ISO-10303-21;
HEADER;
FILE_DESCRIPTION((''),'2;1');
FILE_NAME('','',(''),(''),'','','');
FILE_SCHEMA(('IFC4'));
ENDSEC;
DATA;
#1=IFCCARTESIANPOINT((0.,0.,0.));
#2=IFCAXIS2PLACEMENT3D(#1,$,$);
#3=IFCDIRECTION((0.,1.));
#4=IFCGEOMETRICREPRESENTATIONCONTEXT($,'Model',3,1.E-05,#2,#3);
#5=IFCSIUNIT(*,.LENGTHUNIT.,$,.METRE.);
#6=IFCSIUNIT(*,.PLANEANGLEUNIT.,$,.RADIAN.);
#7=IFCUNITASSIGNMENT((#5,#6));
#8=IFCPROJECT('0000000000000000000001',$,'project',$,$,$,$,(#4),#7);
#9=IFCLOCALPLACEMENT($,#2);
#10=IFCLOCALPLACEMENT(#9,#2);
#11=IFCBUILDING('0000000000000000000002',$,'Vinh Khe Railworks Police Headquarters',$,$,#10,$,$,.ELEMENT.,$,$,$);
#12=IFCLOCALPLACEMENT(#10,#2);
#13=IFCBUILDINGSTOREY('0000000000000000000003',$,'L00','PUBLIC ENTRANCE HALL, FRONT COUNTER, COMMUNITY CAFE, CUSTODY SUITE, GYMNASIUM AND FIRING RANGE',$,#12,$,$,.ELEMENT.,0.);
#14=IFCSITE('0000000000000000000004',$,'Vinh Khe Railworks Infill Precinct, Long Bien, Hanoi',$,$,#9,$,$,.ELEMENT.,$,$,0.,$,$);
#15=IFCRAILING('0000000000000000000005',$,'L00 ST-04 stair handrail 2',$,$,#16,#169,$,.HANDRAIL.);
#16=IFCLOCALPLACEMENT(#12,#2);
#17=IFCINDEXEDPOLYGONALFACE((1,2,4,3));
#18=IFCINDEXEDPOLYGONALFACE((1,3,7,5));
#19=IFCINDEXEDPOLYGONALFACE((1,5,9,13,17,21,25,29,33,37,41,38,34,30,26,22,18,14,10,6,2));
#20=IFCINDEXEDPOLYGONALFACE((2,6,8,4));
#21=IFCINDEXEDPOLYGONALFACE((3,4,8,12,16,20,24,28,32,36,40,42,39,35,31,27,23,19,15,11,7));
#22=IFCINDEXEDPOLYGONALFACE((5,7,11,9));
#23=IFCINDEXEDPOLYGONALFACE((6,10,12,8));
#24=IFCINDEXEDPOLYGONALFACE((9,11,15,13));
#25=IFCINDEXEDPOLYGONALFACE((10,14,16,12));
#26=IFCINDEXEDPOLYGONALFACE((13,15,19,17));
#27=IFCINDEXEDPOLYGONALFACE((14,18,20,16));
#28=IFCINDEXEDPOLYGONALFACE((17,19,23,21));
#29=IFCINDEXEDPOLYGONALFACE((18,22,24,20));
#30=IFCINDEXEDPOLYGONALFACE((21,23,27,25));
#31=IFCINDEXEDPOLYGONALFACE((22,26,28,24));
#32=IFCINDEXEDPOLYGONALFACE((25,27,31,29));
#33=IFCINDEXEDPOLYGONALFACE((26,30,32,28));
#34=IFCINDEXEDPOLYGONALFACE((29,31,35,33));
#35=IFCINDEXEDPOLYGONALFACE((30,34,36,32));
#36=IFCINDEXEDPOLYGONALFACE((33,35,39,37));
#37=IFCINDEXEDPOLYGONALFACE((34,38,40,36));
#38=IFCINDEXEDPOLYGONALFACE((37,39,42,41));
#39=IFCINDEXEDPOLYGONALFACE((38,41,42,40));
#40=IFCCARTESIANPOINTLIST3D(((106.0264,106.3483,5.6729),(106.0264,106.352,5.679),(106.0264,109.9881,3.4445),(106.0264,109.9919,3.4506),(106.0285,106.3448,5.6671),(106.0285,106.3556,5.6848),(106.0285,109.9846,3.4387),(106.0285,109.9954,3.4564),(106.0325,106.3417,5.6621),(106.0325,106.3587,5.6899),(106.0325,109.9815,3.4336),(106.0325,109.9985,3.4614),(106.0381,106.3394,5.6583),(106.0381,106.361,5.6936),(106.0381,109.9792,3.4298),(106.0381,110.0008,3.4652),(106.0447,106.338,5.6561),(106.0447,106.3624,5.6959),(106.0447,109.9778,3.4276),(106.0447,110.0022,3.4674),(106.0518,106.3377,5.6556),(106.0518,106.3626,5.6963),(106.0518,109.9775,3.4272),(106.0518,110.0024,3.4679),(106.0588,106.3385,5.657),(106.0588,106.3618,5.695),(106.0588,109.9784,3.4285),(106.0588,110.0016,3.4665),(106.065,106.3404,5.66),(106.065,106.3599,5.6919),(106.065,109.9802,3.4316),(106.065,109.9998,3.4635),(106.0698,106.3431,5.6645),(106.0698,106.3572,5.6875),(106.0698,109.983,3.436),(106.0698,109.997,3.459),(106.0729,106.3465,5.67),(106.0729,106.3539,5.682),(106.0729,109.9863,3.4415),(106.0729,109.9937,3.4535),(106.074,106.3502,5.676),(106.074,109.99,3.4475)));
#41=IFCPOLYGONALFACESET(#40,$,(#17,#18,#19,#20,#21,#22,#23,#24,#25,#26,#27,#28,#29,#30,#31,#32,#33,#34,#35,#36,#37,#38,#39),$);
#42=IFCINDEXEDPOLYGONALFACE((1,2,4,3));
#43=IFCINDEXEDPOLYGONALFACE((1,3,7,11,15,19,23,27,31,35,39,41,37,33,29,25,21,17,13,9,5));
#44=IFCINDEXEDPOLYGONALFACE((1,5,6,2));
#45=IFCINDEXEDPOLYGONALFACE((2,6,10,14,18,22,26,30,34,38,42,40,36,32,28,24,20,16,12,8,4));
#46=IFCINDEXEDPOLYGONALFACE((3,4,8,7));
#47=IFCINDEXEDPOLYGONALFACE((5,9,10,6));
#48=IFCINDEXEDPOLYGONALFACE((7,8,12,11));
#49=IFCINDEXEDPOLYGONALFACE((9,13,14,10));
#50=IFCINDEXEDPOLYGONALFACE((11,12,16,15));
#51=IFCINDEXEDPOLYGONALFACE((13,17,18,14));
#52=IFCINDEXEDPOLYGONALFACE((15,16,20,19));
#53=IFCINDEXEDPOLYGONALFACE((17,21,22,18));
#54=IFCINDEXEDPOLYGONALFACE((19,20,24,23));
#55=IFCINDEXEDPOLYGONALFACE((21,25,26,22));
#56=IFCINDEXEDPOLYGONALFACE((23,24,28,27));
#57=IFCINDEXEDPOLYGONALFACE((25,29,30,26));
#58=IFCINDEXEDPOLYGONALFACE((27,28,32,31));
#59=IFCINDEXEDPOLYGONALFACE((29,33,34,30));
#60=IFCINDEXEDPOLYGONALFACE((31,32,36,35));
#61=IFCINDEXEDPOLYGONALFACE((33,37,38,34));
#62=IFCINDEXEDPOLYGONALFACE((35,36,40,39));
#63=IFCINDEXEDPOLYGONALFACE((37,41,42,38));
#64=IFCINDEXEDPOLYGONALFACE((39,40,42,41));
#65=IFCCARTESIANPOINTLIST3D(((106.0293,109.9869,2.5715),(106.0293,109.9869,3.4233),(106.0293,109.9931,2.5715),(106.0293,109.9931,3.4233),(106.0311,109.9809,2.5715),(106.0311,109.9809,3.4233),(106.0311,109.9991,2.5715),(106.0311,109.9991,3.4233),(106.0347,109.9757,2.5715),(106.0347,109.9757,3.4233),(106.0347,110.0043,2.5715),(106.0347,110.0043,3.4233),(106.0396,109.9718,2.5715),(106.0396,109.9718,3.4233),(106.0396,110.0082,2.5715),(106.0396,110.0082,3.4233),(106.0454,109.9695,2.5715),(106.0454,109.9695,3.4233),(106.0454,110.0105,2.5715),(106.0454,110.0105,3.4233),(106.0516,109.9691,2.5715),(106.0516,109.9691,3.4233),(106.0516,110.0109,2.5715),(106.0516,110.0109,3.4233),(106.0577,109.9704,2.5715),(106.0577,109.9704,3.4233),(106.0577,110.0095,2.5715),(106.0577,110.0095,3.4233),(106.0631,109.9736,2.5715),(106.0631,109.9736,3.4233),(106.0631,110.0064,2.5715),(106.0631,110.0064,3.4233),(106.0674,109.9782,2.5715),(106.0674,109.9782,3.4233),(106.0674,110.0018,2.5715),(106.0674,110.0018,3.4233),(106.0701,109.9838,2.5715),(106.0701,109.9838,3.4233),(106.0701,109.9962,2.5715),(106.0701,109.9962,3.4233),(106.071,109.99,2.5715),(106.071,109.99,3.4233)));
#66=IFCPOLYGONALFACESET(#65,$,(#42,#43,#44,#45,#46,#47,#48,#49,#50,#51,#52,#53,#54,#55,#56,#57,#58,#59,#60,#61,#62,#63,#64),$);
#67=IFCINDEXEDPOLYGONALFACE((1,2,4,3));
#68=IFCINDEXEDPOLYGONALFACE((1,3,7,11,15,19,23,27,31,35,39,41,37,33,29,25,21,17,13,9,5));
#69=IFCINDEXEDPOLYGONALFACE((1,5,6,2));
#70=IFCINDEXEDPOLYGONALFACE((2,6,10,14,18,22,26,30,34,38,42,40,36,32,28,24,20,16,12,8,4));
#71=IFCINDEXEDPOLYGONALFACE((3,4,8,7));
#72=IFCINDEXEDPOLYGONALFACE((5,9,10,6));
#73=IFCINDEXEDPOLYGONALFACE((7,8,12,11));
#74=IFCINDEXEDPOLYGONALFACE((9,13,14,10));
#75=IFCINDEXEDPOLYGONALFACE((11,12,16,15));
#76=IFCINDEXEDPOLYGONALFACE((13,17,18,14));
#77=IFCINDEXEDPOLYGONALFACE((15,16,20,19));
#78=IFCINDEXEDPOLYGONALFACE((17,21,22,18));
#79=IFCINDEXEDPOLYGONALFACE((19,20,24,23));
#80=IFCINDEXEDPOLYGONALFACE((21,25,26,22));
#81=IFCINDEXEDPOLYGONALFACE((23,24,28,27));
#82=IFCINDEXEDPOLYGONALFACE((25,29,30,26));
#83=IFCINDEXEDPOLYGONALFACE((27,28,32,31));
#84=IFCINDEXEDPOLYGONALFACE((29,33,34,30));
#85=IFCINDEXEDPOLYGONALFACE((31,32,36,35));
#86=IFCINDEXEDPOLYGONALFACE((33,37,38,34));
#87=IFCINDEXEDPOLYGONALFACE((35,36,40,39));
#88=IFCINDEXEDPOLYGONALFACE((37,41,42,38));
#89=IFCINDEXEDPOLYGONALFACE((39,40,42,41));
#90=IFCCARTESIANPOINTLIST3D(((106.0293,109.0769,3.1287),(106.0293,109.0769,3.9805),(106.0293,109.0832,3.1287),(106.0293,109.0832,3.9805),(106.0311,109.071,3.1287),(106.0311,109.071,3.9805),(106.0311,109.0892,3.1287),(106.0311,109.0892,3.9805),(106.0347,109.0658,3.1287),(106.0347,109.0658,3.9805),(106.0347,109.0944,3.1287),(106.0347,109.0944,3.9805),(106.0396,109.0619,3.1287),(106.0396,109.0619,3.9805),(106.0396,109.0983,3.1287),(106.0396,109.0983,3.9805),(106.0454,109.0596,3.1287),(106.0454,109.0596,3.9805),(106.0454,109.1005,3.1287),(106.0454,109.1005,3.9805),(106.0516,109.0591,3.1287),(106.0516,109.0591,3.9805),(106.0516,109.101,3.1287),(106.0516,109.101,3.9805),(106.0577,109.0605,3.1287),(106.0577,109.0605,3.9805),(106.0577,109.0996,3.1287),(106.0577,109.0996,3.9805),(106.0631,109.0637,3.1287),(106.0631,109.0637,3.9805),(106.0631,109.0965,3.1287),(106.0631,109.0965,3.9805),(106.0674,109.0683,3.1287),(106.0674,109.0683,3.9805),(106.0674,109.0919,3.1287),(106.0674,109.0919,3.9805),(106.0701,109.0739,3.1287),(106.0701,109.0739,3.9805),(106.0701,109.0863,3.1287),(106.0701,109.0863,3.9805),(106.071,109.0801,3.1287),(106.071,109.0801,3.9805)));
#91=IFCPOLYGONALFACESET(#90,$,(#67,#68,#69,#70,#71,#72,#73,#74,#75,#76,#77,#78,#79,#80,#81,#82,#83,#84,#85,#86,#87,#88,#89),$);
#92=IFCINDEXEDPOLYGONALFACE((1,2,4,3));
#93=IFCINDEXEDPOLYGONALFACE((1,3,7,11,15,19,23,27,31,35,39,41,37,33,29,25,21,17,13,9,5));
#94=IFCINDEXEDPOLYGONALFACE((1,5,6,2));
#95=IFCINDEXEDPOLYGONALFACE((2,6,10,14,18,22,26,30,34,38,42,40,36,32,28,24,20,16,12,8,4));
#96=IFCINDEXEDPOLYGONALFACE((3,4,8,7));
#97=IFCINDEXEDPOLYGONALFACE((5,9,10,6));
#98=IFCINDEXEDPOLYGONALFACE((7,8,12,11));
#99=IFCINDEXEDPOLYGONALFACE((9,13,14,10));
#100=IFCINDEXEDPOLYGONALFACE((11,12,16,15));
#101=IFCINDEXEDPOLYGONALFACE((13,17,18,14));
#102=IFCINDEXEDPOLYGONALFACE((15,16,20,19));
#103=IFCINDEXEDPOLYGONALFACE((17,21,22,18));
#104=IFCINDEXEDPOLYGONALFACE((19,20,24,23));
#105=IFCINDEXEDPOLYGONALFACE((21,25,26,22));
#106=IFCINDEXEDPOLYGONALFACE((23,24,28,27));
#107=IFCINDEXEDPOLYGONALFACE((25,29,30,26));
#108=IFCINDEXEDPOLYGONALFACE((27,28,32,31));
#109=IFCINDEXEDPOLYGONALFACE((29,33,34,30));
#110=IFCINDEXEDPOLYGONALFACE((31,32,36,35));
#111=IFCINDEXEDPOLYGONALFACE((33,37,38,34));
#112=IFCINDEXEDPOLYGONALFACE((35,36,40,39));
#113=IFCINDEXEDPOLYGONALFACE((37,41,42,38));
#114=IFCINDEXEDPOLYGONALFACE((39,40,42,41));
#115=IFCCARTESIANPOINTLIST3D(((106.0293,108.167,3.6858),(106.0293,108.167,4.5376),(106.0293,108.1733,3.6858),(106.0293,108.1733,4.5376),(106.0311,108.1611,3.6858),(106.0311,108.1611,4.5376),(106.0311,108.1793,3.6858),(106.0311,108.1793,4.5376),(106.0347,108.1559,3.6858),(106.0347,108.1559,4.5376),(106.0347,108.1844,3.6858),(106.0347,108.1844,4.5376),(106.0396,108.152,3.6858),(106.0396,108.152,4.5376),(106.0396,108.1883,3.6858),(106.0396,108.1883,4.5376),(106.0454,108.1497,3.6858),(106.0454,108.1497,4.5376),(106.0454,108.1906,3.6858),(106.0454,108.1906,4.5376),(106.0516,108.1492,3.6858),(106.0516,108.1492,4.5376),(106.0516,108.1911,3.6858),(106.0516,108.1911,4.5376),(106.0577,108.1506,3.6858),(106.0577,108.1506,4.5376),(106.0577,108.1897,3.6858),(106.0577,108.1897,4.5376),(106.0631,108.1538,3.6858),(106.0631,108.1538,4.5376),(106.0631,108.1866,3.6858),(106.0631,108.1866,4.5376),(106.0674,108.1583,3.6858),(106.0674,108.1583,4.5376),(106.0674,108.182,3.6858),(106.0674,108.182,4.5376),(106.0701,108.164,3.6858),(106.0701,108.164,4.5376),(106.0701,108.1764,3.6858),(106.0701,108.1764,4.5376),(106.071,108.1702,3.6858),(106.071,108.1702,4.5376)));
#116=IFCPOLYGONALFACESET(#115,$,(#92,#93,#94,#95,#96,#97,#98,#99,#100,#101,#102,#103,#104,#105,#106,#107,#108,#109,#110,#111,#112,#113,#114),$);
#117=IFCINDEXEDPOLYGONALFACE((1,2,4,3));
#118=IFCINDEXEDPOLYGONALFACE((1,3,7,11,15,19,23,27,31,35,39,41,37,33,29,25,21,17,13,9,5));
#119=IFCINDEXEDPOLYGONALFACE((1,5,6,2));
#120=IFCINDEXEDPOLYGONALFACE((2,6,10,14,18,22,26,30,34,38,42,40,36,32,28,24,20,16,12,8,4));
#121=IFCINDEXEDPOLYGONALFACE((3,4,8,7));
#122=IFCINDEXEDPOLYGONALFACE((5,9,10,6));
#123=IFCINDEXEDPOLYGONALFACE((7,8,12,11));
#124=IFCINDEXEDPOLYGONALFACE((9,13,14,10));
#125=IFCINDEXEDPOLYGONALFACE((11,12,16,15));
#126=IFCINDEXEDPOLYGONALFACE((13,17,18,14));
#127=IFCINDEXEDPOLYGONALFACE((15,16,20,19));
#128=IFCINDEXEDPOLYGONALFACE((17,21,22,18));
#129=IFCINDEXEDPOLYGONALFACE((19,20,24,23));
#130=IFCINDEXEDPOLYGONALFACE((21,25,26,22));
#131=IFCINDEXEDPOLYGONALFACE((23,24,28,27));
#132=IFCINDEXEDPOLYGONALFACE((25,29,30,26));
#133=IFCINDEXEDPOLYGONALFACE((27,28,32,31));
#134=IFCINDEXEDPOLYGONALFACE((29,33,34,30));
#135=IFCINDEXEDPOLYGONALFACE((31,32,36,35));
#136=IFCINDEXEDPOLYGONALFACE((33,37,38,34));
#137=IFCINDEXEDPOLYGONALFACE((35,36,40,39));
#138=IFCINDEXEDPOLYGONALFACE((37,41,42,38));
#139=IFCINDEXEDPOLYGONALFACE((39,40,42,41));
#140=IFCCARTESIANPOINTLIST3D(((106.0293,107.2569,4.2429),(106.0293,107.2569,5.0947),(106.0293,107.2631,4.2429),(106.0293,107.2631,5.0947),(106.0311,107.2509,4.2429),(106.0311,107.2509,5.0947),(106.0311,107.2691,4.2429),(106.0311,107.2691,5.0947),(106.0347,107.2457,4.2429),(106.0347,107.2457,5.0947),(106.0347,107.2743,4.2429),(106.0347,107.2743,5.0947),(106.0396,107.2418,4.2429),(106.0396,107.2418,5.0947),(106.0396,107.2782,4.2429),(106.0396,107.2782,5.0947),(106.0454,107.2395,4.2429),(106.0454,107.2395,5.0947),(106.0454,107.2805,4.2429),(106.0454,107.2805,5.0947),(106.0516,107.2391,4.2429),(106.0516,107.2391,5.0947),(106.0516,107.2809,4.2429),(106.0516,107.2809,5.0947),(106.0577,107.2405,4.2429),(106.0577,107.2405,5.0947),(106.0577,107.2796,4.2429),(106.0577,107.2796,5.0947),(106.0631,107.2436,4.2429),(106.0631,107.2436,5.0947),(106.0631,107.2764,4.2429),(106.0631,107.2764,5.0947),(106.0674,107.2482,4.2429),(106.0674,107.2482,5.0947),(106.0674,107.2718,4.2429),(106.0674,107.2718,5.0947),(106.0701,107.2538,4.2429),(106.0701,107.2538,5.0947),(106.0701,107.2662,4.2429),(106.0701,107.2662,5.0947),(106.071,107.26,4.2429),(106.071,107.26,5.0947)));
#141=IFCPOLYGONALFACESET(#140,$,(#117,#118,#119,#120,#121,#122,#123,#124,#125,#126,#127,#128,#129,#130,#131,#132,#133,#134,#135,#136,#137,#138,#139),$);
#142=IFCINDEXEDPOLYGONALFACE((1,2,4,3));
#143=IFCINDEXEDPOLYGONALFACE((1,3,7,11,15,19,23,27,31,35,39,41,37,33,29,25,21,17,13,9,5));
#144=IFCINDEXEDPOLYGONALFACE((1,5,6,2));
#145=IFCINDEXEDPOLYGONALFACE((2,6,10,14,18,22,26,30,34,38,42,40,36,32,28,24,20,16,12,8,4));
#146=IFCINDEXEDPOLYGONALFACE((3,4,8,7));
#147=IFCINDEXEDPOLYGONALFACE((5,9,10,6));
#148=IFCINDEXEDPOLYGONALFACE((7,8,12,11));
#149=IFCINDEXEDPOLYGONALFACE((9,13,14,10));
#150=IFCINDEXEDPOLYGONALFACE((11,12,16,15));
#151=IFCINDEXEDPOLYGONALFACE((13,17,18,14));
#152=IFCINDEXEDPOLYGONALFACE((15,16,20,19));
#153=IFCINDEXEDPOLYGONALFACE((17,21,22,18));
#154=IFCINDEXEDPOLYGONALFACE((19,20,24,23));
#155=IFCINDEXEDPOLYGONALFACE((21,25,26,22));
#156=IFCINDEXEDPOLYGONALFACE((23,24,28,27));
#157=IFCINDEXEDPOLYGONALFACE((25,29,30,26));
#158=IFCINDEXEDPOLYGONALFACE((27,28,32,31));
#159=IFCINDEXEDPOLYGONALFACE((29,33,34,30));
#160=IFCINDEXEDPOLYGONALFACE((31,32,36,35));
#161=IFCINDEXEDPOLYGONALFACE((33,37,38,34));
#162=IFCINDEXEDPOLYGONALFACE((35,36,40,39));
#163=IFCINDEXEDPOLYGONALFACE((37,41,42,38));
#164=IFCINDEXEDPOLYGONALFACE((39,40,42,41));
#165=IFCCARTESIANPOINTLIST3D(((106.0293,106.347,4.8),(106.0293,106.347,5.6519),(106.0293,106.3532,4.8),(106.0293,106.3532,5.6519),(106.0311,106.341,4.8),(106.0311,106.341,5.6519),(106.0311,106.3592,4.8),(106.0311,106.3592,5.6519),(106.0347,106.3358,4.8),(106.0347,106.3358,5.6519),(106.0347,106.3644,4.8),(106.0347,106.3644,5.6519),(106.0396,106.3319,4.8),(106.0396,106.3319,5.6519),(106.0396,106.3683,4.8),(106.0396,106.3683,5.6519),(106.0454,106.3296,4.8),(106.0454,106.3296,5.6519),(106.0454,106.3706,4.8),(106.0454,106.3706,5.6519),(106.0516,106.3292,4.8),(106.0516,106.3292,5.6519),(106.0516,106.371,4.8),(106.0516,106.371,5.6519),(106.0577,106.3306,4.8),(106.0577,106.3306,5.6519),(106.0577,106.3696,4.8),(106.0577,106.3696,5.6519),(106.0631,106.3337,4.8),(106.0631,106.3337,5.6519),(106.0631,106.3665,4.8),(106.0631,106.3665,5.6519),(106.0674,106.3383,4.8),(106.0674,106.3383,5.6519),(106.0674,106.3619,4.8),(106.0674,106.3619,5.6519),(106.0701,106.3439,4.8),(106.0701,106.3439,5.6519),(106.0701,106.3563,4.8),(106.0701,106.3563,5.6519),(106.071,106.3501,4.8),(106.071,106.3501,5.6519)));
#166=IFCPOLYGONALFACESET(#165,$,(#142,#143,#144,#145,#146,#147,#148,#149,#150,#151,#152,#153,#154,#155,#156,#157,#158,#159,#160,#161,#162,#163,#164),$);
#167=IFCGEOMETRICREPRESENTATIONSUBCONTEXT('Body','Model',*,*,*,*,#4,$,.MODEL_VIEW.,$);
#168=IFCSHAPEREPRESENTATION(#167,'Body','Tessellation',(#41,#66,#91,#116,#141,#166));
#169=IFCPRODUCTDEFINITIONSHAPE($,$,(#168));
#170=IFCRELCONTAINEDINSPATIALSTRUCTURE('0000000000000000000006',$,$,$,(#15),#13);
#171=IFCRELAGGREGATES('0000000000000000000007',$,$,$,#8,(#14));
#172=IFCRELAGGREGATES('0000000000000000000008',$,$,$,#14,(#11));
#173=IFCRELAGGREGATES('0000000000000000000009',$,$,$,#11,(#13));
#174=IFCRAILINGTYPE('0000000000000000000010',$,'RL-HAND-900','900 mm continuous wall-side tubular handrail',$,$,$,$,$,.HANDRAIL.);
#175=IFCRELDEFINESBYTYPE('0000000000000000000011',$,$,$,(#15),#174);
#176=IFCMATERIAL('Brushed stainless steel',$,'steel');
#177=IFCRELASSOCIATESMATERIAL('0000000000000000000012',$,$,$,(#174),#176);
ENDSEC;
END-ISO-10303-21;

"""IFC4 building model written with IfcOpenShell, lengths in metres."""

from ifc_helpers import new_model, si_unit, direction, frame, origin, origin_2d, place, context, subcontext, project, spatial, circle, extrude, material, type_object, element, save


model = new_model("IFC4")

# Units and contexts
model_context = context("Model", 3, precision=1e-05, world=origin(), true_north=direction((0.0, 1.0)))
body_context = subcontext(model_context, "Body", "Model", "MODEL_VIEW")
ifc_project = project(units=[si_unit("LENGTHUNIT", "METRE"), si_unit("PLANEANGLEUNIT", "RADIAN")], contexts=[model_context])

# Site, building, storey
site_placement = place(None, origin())
site = spatial("IfcSite", under=ifc_project, at=site_placement, Name="Vinh Khe Railworks Infill Precinct, Long Bien, Hanoi", CompositionType="ELEMENT", RefElevation=0.0)
building_placement = place(site_placement, origin())
building = spatial("IfcBuilding", under=site, at=building_placement, Name="Vinh Khe Railworks Police Headquarters", CompositionType="ELEMENT")
storey_placement = place(building_placement, origin())
storey = spatial("IfcBuildingStorey", under=building, at=storey_placement, Name="L00", Description="PUBLIC ENTRANCE HALL, FRONT COUNTER, COMMUNITY CAFE, CUSTODY SUITE, GYMNASIUM AND FIRING RANGE", CompositionType="ELEMENT", Elevation=0.0)

# Railing
ifc_material_1 = material(Name="Brushed stainless steel", Category="steel")
railing_type_1 = type_object("IfcRailingType", Name="RL-HAND-900", Description="900 mm continuous wall-side tubular handrail", PredefinedType="HANDRAIL", material=ifc_material_1)
railing_1_placement = place(storey_placement, frame((106.05, 109.99, 2.5715)))
element("IfcRailing", 1, at=railing_1_placement, inside=storey, type_object=railing_type_1, Name="L00 ST-04 stair handrail 2", PredefinedType="HANDRAIL", context=body_context, shape_type="SweptSolid", body=[
    extrude(circle(Radius=0.0239, at=origin_2d()), frame((0.0, 0.0, 0.876), z_axis=(0.0, -0.85285, 0.522156), x_axis=(1.0, 0.0, 0.0)), (0.0, 0.0, 1.0), 4.2678),
    extrude(circle(Radius=0.021, at=origin_2d()), origin(), (0.0, 0.0, 1.0), 0.8518),
    extrude(circle(Radius=0.021, at=origin_2d()), frame((0.0, -0.9099, 0.5571)), (0.0, 0.0, 1.0), 0.8518),
    extrude(circle(Radius=0.021, at=origin_2d()), frame((0.0, -1.8198, 1.1143)), (0.0, 0.0, 1.0), 0.8518),
    extrude(circle(Radius=0.021, at=origin_2d()), frame((0.0, -2.73, 1.6714)), (0.0, 0.0, 1.0), 0.8518),
    extrude(circle(Radius=0.021, at=origin_2d()), frame((0.0, -3.6399, 2.2285)), (0.0, 0.0, 1.0), 0.8518),
])

save(model, "model.ifc")
